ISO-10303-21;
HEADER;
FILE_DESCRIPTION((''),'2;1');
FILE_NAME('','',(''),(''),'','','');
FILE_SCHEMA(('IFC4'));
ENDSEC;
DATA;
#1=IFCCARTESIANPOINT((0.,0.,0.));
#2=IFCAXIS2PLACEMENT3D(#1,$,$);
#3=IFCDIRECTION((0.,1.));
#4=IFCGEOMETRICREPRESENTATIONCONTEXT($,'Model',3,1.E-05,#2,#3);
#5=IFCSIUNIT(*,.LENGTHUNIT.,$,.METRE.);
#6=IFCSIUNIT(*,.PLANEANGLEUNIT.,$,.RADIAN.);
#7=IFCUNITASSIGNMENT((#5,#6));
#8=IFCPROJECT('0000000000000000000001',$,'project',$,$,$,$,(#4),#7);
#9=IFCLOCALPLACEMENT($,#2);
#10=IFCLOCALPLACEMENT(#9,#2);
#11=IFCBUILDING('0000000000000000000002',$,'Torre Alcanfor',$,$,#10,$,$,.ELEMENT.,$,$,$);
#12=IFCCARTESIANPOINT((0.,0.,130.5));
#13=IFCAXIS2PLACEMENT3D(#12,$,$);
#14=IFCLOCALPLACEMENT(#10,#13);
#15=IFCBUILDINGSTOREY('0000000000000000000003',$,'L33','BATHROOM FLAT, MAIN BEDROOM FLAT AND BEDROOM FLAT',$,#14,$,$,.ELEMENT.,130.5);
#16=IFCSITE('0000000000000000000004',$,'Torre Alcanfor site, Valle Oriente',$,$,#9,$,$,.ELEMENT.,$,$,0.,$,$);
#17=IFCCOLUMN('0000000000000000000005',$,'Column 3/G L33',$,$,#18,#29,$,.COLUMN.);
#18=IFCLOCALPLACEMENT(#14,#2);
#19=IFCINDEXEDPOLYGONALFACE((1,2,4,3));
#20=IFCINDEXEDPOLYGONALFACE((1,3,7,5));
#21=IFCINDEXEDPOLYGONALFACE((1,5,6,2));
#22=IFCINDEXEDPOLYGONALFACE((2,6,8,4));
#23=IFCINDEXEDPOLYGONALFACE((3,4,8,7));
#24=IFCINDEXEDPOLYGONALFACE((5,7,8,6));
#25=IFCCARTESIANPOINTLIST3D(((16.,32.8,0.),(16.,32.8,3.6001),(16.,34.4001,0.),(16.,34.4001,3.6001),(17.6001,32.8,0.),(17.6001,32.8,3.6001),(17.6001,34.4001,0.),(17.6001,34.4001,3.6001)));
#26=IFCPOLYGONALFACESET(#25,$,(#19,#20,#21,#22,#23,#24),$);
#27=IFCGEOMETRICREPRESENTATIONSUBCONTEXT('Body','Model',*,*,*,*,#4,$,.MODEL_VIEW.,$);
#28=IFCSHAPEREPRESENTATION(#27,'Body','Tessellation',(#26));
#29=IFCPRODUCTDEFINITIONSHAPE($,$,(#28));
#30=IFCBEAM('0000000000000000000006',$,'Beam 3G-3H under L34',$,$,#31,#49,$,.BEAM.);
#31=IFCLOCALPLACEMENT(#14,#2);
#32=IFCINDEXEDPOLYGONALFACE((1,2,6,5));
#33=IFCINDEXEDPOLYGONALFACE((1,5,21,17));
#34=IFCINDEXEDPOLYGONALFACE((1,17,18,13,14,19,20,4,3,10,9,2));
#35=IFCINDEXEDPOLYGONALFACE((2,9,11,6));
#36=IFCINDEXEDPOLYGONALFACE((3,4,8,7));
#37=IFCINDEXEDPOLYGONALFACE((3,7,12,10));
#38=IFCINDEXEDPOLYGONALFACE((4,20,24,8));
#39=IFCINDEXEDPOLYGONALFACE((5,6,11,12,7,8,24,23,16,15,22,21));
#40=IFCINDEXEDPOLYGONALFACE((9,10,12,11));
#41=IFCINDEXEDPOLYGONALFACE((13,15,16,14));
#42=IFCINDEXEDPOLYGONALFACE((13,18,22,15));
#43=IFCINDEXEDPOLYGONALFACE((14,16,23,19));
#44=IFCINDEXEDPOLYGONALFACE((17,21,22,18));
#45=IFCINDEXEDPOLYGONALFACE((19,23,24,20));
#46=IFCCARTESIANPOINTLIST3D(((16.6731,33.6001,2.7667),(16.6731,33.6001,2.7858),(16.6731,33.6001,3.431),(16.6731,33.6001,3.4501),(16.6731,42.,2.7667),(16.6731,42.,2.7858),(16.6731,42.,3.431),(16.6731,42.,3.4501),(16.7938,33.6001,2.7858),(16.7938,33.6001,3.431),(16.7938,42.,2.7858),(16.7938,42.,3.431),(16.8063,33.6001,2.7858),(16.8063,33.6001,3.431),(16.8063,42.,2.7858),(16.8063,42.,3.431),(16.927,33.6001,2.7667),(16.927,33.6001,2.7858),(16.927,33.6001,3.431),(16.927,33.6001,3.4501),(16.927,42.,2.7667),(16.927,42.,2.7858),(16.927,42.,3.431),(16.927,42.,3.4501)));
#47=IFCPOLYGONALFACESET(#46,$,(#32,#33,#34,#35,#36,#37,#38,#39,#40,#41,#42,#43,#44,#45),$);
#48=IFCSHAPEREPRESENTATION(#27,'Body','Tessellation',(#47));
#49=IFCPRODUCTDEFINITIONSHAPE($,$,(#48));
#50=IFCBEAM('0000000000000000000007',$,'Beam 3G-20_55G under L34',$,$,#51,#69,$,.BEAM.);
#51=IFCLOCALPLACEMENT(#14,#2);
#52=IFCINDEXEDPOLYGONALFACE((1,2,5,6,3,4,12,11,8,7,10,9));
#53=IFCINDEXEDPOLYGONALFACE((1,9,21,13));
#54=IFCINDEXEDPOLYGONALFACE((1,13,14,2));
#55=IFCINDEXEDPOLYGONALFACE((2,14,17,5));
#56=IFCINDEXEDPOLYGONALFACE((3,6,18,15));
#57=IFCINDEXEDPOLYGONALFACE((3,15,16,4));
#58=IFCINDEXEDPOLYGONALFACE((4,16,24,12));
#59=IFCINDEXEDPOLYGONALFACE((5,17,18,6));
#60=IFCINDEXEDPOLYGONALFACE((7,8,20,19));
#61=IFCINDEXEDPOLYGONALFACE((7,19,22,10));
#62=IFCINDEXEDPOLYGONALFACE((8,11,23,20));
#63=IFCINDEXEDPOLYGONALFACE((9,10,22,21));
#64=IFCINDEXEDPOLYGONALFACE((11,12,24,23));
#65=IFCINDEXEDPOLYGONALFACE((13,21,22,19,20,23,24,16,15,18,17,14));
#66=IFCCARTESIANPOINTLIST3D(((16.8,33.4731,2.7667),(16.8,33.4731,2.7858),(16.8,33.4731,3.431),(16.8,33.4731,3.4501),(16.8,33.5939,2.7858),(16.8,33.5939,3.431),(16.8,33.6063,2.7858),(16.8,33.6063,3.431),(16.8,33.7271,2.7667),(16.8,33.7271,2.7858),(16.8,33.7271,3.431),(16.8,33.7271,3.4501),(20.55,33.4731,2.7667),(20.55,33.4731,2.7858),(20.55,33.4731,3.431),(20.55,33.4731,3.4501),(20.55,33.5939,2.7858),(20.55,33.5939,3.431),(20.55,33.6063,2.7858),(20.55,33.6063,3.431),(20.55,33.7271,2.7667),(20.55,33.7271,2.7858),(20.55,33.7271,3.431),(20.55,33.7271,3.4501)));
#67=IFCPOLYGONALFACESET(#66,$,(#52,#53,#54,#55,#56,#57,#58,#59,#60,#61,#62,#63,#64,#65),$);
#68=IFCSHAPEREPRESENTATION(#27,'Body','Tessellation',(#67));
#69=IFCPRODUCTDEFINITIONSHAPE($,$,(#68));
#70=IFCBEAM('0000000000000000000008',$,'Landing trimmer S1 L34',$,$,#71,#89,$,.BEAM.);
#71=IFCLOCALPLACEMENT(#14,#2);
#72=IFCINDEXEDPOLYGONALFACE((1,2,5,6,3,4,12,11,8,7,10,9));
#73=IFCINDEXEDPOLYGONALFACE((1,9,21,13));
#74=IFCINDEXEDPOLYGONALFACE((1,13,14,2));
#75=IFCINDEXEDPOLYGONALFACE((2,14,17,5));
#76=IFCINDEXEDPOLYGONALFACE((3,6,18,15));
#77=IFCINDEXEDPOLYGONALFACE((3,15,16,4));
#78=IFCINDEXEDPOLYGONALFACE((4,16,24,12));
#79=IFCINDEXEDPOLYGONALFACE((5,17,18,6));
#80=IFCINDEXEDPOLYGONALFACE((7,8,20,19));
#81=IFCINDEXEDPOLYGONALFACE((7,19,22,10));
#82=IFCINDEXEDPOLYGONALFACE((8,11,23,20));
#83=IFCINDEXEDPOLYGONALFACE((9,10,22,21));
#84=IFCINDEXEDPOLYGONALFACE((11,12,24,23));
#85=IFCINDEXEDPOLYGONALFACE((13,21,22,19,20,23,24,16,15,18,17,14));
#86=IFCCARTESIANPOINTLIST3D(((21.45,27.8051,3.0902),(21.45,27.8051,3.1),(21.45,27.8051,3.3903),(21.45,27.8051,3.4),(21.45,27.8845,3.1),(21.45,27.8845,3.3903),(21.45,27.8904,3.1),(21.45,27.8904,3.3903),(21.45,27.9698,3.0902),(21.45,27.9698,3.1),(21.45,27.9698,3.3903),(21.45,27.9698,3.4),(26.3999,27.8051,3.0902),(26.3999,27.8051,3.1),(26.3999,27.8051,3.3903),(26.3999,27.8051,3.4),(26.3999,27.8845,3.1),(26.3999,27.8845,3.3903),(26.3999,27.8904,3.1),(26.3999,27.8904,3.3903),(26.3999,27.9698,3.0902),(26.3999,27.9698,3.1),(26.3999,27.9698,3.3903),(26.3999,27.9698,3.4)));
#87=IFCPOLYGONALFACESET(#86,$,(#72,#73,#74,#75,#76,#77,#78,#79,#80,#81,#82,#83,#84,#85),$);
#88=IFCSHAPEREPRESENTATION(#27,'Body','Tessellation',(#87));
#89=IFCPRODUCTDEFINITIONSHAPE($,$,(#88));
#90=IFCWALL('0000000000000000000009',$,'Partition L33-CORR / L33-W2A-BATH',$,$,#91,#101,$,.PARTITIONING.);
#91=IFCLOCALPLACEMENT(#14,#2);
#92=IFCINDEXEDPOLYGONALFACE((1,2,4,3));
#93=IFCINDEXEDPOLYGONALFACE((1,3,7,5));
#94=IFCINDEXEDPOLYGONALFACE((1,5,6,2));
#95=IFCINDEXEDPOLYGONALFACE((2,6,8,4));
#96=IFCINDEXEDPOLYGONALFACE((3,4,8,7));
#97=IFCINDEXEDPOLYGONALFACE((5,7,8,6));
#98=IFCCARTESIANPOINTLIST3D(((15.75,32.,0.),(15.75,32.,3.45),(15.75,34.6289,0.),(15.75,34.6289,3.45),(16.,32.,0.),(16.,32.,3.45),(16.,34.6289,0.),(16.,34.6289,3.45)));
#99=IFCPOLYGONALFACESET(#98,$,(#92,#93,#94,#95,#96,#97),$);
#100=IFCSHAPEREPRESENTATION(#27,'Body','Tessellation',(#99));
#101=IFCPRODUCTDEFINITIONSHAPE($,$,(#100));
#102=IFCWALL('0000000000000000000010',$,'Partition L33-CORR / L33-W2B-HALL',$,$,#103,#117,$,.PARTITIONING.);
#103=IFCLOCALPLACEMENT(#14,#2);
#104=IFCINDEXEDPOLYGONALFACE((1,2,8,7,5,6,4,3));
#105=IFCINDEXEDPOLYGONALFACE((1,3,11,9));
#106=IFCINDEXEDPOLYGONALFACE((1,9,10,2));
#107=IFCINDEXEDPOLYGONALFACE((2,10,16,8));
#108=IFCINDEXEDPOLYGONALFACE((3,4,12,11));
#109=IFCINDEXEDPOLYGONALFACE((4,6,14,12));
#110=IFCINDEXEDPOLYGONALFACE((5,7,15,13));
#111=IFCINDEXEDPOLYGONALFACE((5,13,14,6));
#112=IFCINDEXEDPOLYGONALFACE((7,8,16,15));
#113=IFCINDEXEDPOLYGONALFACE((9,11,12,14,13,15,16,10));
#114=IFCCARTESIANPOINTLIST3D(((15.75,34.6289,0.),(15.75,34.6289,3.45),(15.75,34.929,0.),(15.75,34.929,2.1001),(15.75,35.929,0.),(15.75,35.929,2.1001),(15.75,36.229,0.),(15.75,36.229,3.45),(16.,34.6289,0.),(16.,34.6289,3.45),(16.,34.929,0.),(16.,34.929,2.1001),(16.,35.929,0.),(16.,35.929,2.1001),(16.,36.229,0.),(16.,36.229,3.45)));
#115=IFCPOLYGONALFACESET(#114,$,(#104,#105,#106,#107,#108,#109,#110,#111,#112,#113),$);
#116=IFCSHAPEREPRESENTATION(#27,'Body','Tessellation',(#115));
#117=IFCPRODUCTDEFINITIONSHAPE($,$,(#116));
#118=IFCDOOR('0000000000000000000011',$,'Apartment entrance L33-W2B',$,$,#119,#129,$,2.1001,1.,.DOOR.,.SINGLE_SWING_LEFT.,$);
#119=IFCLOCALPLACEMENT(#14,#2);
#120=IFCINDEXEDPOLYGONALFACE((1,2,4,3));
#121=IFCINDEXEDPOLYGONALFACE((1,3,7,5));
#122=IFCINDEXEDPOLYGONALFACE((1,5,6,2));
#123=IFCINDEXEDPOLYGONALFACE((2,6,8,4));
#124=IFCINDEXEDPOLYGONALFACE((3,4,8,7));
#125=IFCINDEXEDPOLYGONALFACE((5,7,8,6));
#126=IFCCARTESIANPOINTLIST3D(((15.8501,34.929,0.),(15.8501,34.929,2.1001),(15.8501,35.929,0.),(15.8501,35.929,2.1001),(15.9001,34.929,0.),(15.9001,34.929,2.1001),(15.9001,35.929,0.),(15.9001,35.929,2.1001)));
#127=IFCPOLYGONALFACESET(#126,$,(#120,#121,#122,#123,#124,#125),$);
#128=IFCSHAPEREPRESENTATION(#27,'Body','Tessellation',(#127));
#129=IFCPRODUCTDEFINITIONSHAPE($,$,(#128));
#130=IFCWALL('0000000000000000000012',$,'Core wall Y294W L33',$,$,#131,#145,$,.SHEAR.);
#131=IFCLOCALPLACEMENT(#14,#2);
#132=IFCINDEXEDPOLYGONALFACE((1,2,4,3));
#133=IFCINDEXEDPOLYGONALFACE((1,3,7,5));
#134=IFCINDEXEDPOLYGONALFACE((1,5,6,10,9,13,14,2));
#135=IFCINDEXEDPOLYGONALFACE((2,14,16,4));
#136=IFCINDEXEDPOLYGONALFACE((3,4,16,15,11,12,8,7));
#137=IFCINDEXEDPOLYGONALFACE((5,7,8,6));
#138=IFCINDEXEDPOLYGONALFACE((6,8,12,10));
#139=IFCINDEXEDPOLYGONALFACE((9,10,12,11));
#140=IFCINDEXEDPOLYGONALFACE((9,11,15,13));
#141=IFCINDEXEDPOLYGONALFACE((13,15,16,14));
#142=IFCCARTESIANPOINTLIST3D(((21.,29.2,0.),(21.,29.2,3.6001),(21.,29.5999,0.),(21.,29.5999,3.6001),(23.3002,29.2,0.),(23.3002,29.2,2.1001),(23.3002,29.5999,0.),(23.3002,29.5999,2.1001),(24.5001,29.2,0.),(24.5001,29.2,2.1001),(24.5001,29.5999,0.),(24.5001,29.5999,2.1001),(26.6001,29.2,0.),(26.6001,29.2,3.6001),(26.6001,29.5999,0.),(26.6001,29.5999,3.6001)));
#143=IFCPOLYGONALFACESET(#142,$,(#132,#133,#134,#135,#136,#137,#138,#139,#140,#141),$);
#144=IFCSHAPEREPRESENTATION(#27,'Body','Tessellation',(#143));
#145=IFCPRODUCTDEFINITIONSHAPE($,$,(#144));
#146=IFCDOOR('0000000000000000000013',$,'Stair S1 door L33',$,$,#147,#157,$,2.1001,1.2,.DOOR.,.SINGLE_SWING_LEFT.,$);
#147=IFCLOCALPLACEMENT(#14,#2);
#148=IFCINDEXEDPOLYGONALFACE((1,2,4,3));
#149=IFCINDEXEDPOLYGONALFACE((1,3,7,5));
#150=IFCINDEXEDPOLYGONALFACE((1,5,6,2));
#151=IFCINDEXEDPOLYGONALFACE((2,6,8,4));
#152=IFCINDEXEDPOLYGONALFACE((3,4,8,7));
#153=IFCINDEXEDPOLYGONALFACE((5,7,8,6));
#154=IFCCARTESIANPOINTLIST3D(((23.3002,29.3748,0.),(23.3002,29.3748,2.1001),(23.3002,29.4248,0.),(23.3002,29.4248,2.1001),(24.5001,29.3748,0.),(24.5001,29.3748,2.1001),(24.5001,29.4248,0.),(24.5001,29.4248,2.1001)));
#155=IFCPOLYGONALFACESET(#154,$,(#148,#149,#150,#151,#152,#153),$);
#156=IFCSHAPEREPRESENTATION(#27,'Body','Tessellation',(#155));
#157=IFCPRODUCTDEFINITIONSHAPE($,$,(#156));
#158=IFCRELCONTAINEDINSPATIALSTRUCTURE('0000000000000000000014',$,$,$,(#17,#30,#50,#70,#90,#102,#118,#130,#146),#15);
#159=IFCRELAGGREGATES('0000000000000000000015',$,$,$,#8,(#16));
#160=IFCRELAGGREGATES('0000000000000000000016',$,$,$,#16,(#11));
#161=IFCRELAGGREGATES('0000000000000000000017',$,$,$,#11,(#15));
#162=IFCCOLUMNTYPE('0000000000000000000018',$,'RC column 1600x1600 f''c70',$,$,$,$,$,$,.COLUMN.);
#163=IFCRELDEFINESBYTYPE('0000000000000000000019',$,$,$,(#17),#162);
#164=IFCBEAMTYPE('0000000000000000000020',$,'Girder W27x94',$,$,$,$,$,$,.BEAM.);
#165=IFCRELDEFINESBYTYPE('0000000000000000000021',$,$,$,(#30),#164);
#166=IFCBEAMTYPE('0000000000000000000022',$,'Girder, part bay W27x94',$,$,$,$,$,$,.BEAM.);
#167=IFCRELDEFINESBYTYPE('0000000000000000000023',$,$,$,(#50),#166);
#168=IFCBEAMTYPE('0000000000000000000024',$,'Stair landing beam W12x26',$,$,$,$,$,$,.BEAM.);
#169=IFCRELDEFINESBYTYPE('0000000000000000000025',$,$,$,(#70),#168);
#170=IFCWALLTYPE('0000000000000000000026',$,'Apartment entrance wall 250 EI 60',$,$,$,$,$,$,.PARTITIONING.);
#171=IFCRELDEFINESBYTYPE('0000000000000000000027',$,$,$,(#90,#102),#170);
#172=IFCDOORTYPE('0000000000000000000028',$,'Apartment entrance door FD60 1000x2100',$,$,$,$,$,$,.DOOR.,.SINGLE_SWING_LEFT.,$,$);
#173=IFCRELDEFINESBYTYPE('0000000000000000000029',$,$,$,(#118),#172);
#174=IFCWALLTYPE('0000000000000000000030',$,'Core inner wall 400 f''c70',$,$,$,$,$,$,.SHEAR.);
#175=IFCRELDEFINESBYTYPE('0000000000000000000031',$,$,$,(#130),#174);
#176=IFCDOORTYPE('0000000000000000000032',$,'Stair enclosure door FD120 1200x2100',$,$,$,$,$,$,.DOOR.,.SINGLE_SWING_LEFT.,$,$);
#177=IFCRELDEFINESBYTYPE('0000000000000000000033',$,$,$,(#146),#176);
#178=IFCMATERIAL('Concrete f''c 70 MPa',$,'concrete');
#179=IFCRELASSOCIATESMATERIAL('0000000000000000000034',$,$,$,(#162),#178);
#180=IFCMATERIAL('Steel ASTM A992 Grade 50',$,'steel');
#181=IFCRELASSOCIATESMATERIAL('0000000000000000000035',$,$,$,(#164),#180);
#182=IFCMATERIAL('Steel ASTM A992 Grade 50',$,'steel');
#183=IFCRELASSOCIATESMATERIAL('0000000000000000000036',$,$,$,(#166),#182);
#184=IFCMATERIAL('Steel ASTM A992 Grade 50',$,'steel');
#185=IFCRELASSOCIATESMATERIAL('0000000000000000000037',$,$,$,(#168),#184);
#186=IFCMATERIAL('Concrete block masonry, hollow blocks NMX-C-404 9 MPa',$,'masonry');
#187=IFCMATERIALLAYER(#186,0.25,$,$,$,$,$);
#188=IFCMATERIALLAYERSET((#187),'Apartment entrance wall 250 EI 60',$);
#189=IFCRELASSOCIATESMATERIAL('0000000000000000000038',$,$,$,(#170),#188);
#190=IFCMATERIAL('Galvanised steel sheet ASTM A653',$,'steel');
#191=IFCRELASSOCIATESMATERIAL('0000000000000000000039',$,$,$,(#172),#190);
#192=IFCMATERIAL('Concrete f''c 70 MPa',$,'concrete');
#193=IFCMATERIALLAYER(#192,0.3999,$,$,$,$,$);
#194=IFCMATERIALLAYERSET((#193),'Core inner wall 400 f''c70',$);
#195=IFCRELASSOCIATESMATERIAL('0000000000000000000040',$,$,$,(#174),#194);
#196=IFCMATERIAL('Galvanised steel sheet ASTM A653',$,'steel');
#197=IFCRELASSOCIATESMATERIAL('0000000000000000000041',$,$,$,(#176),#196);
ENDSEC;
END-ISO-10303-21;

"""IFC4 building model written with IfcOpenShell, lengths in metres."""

from ifc_helpers import new_model, si_unit, direction, frame, frame_2d, origin, origin_2d, place, context, subcontext, project, spatial, rectangle, i_section, extrude, material, layer, layer_set, material_profile, profile_set, type_object, element, fill, save


model = new_model("IFC4")

# Units and contexts
model_context = context("Model", 3, precision=1e-05, world=origin(), true_north=direction((0.0, 1.0)))
body_context = subcontext(model_context, "Body", "Model", "MODEL_VIEW")
ifc_project = project(units=[si_unit("LENGTHUNIT", "METRE"), si_unit("PLANEANGLEUNIT", "RADIAN")], contexts=[model_context])

# Site, building, storey
site_placement = place(None, origin())
site = spatial("IfcSite", under=ifc_project, at=site_placement, Name="Torre Alcanfor site, Valle Oriente", CompositionType="ELEMENT", RefElevation=0.0)
building_placement = place(site_placement, origin())
building = spatial("IfcBuilding", under=site, at=building_placement, Name="Torre Alcanfor", CompositionType="ELEMENT")
storey_placement = place(building_placement, frame((0.0, 0.0, 130.5)))
storey = spatial("IfcBuildingStorey", under=building, at=storey_placement, Name="L33", Description="BATHROOM FLAT, MAIN BEDROOM FLAT AND BEDROOM FLAT", CompositionType="ELEMENT", Elevation=130.5)

# Column
ifc_material_1 = material(Name="Concrete f'c 70 MPa", Category="concrete")
ifc_material_profile_1 = material_profile(ifc_material_1, rectangle(XDim=1.6001, YDim=1.6001, at=origin_2d()), Name="1600x1600")
ifc_profile_set_1 = profile_set([ifc_material_profile_1], Name="Concrete f'c 70 MPa")
column_type = type_object("IfcColumnType", Name="RC column 1600x1600 f'c70", PredefinedType="COLUMN", material=ifc_profile_set_1)
column_placement = place(storey_placement, frame((16.8, 33.6001, 0.0), z_axis=(0.0, 0.0, 1.0), x_axis=(1.0, 0.0, 0.0)))
element("IfcColumn", 1, at=column_placement, inside=storey, type_object=column_type, Name="Column 3/G L33", PredefinedType="COLUMN", context=body_context, shape_type="SweptSolid", body=[
    extrude(rectangle(XDim=1.6001, YDim=1.6001, at=origin_2d()), origin(), (0.0, 0.0, 1.0), 3.6001),
])

# Beams
ifc_material_2 = material(Name="Steel ASTM A992 Grade 50", Category="steel")
ifc_material_profile_2 = material_profile(ifc_material_2, i_section(OverallWidth=0.2539, OverallDepth=0.6833, WebThickness=0.0125, FlangeThickness=0.019, at=origin_2d()), Name="W27x94")
ifc_profile_set_2 = profile_set([ifc_material_profile_2], Name="Steel ASTM A992 Grade 50")
beam_type_1 = type_object("IfcBeamType", Name="Girder W27x94", PredefinedType="BEAM", material=ifc_profile_set_2)
beam_1_placement = place(storey_placement, frame((16.8, 33.6001, 3.1084), z_axis=(0.0, 1.0, 0.0), x_axis=(-1.0, 0.0, 0.0)))
element("IfcBeam", 2, at=beam_1_placement, inside=storey, type_object=beam_type_1, Name="Beam 3G-3H under L34", PredefinedType="BEAM", context=body_context, shape_type="SweptSolid", body=[
    extrude(i_section(OverallWidth=0.2539, OverallDepth=0.6833, WebThickness=0.0125, FlangeThickness=0.019, at=origin_2d()), origin(), (0.0, 0.0, 1.0), 8.3999),
])
ifc_material_3 = material(Name="Steel ASTM A992 Grade 50", Category="steel")
ifc_material_profile_3 = material_profile(ifc_material_3, i_section(OverallWidth=0.2539, OverallDepth=0.6833, WebThickness=0.0125, FlangeThickness=0.019, at=origin_2d()), Name="W27x94")
ifc_profile_set_3 = profile_set([ifc_material_profile_3], Name="Steel ASTM A992 Grade 50")
beam_type_2 = type_object("IfcBeamType", Name="Girder, part bay W27x94", PredefinedType="BEAM", material=ifc_profile_set_3)
beam_2_placement = place(storey_placement, frame((16.8, 33.6001, 3.1084), z_axis=(1.0, 0.0, 0.0), x_axis=(0.0, 1.0, 0.0)))
element("IfcBeam", 3, at=beam_2_placement, inside=storey, type_object=beam_type_2, Name="Beam 3G-20_55G under L34", PredefinedType="BEAM", context=body_context, shape_type="SweptSolid", body=[
    extrude(i_section(OverallWidth=0.2539, OverallDepth=0.6833, WebThickness=0.0125, FlangeThickness=0.019, at=origin_2d()), origin(), (0.0, 0.0, 1.0), 3.75),
])
ifc_material_4 = material(Name="Steel ASTM A992 Grade 50", Category="steel")
ifc_material_profile_4 = material_profile(ifc_material_4, i_section(OverallWidth=0.1648, OverallDepth=0.3098, WebThickness=0.0059, FlangeThickness=0.0098, at=origin_2d()), Name="W12x26")
ifc_profile_set_4 = profile_set([ifc_material_profile_4], Name="Steel ASTM A992 Grade 50")
beam_type_3 = type_object("IfcBeamType", Name="Stair landing beam W12x26", PredefinedType="BEAM", material=ifc_profile_set_4)
beam_3_placement = place(storey_placement, frame((21.45, 27.8875, 3.2451), z_axis=(1.0, 0.0, 0.0), x_axis=(0.0, 1.0, 0.0)))
element("IfcBeam", 4, at=beam_3_placement, inside=storey, type_object=beam_type_3, Name="Landing trimmer S1 L34", PredefinedType="BEAM", context=body_context, shape_type="SweptSolid", body=[
    extrude(i_section(OverallWidth=0.1648, OverallDepth=0.3098, WebThickness=0.0059, FlangeThickness=0.0098, at=origin_2d()), origin(), (0.0, 0.0, 1.0), 4.95),
])

# Wall
ifc_material_5 = material(Name="Concrete block masonry, hollow blocks NMX-C-404 9 MPa", Category="masonry")
ifc_layer_1 = layer(ifc_material_5, 0.25)
ifc_layer_set_1 = layer_set([ifc_layer_1], Name="Apartment entrance wall 250 EI 60")
wall_type_1 = type_object("IfcWallType", Name="Apartment entrance wall 250 EI 60", PredefinedType="PARTITIONING", material=ifc_layer_set_1)
wall_1_placement = place(storey_placement, frame((15.875, 32.0, 0.0), z_axis=(0.0, 0.0, 1.0), x_axis=(0.0, 1.0, 0.0)))
element("IfcWall", 5, at=wall_1_placement, inside=storey, type_object=wall_type_1, Name="Partition L33-CORR / L33-W2A-BATH", PredefinedType="PARTITIONING", context=body_context, shape_type="SweptSolid", body=[
    extrude(rectangle(XDim=2.6289, YDim=0.25, at=frame_2d((1.3145, 0.0))), origin(), (0.0, 0.0, 1.0), 3.45),
])

# Walls, openings, doors
wall_2_placement = place(storey_placement, frame((15.875, 34.6289, 0.0), z_axis=(0.0, 0.0, 1.0), x_axis=(0.0, 1.0, 0.0)))
wall_2 = element("IfcWall", 6, at=wall_2_placement, inside=storey, type_object=wall_type_1, Name="Partition L33-CORR / L33-W2B-HALL", PredefinedType="PARTITIONING", context=body_context, shape_type="SweptSolid", body=[
    extrude(rectangle(XDim=1.6001, YDim=0.25, at=frame_2d((0.8, 0.0))), origin(), (0.0, 0.0, 1.0), 3.45),
])
opening_1_placement = place(wall_2_placement, frame((0.3, 0.0, 0.0)))
opening_1 = element("IfcOpeningElement", 7, at=opening_1_placement, cuts=wall_2, PredefinedType="OPENING", context=body_context, shape_type="SweptSolid", body=[
    extrude(rectangle(XDim=1.0, YDim=2.1001, at=frame_2d((0.5, 1.05))), frame((0.0, 0.135, 0.0), z_axis=(0.0, -1.0, 0.0), x_axis=(1.0, 0.0, 0.0)), (0.0, 0.0, 1.0), 0.27),
])
ifc_material_6 = material(Name="Galvanised steel sheet ASTM A653", Category="steel")
door_type_1 = type_object("IfcDoorType", Name="Apartment entrance door FD60 1000x2100", OperationType="SINGLE_SWING_LEFT", PredefinedType="DOOR", material=ifc_material_6)
door_1_placement = place(opening_1_placement, origin())
door_1 = element("IfcDoor", 8, at=door_1_placement, inside=storey, type_object=door_type_1, Name="Apartment entrance L33-W2B", OperationType="SINGLE_SWING_LEFT", OverallHeight=2.1001, OverallWidth=1.0, PredefinedType="DOOR", context=body_context, shape_type="SweptSolid", body=[
    extrude(rectangle(XDim=1.0, YDim=2.1001, at=frame_2d((0.5, 1.05))), frame((0.0, 0.0249, 0.0), z_axis=(0.0, -1.0, 0.0), x_axis=(1.0, 0.0, 0.0)), (0.0, 0.0, 1.0), 0.05),
])
fill(opening_1, door_1)
ifc_material_7 = material(Name="Concrete f'c 70 MPa", Category="concrete")
ifc_layer_2 = layer(ifc_material_7, 0.3999)
ifc_layer_set_2 = layer_set([ifc_layer_2], Name="Core inner wall 400 f'c70")
wall_type_2 = type_object("IfcWallType", Name="Core inner wall 400 f'c70", PredefinedType="SHEAR", material=ifc_layer_set_2)
wall_3_placement = place(storey_placement, frame((21.0, 29.3999, 0.0), z_axis=(0.0, 0.0, 1.0), x_axis=(1.0, 0.0, 0.0)))
wall_3 = element("IfcWall", 9, at=wall_3_placement, inside=storey, type_object=wall_type_2, Name="Core wall Y294W L33", PredefinedType="SHEAR", context=body_context, shape_type="SweptSolid", body=[
    extrude(rectangle(XDim=5.6001, YDim=0.3999, at=frame_2d((2.8, 0.0))), origin(), (0.0, 0.0, 1.0), 3.6001),
])
opening_2_placement = place(wall_3_placement, frame((2.3, 0.0, 0.0)))
opening_2 = element("IfcOpeningElement", 10, at=opening_2_placement, cuts=wall_3, PredefinedType="OPENING", context=body_context, shape_type="SweptSolid", body=[
    extrude(rectangle(XDim=1.2, YDim=2.1001, at=frame_2d((0.6001, 1.05))), frame((0.0, 0.21, 0.0), z_axis=(0.0, -1.0, 0.0), x_axis=(1.0, 0.0, 0.0)), (0.0, 0.0, 1.0), 0.4199),
])
ifc_material_8 = material(Name="Galvanised steel sheet ASTM A653", Category="steel")
door_type_2 = type_object("IfcDoorType", Name="Stair enclosure door FD120 1200x2100", OperationType="SINGLE_SWING_LEFT", PredefinedType="DOOR", material=ifc_material_8)
door_2_placement = place(opening_2_placement, frame((1.2, 0.0, 0.0), z_axis=(0.0, 0.0, 1.0), x_axis=(-1.0, 0.0, 0.0)))
door_2 = element("IfcDoor", 11, at=door_2_placement, inside=storey, type_object=door_type_2, Name="Stair S1 door L33", OperationType="SINGLE_SWING_LEFT", OverallHeight=2.1001, OverallWidth=1.2, PredefinedType="DOOR", context=body_context, shape_type="SweptSolid", body=[
    extrude(rectangle(XDim=1.2, YDim=2.1001, at=frame_2d((0.5999, 1.05))), frame((0.0, 0.0251, 0.0), z_axis=(0.0, -1.0, 0.0), x_axis=(1.0, 0.0, 0.0)), (0.0, 0.0, 1.0), 0.05),
])
fill(opening_2, door_2)

save(model, "model.ifc")
